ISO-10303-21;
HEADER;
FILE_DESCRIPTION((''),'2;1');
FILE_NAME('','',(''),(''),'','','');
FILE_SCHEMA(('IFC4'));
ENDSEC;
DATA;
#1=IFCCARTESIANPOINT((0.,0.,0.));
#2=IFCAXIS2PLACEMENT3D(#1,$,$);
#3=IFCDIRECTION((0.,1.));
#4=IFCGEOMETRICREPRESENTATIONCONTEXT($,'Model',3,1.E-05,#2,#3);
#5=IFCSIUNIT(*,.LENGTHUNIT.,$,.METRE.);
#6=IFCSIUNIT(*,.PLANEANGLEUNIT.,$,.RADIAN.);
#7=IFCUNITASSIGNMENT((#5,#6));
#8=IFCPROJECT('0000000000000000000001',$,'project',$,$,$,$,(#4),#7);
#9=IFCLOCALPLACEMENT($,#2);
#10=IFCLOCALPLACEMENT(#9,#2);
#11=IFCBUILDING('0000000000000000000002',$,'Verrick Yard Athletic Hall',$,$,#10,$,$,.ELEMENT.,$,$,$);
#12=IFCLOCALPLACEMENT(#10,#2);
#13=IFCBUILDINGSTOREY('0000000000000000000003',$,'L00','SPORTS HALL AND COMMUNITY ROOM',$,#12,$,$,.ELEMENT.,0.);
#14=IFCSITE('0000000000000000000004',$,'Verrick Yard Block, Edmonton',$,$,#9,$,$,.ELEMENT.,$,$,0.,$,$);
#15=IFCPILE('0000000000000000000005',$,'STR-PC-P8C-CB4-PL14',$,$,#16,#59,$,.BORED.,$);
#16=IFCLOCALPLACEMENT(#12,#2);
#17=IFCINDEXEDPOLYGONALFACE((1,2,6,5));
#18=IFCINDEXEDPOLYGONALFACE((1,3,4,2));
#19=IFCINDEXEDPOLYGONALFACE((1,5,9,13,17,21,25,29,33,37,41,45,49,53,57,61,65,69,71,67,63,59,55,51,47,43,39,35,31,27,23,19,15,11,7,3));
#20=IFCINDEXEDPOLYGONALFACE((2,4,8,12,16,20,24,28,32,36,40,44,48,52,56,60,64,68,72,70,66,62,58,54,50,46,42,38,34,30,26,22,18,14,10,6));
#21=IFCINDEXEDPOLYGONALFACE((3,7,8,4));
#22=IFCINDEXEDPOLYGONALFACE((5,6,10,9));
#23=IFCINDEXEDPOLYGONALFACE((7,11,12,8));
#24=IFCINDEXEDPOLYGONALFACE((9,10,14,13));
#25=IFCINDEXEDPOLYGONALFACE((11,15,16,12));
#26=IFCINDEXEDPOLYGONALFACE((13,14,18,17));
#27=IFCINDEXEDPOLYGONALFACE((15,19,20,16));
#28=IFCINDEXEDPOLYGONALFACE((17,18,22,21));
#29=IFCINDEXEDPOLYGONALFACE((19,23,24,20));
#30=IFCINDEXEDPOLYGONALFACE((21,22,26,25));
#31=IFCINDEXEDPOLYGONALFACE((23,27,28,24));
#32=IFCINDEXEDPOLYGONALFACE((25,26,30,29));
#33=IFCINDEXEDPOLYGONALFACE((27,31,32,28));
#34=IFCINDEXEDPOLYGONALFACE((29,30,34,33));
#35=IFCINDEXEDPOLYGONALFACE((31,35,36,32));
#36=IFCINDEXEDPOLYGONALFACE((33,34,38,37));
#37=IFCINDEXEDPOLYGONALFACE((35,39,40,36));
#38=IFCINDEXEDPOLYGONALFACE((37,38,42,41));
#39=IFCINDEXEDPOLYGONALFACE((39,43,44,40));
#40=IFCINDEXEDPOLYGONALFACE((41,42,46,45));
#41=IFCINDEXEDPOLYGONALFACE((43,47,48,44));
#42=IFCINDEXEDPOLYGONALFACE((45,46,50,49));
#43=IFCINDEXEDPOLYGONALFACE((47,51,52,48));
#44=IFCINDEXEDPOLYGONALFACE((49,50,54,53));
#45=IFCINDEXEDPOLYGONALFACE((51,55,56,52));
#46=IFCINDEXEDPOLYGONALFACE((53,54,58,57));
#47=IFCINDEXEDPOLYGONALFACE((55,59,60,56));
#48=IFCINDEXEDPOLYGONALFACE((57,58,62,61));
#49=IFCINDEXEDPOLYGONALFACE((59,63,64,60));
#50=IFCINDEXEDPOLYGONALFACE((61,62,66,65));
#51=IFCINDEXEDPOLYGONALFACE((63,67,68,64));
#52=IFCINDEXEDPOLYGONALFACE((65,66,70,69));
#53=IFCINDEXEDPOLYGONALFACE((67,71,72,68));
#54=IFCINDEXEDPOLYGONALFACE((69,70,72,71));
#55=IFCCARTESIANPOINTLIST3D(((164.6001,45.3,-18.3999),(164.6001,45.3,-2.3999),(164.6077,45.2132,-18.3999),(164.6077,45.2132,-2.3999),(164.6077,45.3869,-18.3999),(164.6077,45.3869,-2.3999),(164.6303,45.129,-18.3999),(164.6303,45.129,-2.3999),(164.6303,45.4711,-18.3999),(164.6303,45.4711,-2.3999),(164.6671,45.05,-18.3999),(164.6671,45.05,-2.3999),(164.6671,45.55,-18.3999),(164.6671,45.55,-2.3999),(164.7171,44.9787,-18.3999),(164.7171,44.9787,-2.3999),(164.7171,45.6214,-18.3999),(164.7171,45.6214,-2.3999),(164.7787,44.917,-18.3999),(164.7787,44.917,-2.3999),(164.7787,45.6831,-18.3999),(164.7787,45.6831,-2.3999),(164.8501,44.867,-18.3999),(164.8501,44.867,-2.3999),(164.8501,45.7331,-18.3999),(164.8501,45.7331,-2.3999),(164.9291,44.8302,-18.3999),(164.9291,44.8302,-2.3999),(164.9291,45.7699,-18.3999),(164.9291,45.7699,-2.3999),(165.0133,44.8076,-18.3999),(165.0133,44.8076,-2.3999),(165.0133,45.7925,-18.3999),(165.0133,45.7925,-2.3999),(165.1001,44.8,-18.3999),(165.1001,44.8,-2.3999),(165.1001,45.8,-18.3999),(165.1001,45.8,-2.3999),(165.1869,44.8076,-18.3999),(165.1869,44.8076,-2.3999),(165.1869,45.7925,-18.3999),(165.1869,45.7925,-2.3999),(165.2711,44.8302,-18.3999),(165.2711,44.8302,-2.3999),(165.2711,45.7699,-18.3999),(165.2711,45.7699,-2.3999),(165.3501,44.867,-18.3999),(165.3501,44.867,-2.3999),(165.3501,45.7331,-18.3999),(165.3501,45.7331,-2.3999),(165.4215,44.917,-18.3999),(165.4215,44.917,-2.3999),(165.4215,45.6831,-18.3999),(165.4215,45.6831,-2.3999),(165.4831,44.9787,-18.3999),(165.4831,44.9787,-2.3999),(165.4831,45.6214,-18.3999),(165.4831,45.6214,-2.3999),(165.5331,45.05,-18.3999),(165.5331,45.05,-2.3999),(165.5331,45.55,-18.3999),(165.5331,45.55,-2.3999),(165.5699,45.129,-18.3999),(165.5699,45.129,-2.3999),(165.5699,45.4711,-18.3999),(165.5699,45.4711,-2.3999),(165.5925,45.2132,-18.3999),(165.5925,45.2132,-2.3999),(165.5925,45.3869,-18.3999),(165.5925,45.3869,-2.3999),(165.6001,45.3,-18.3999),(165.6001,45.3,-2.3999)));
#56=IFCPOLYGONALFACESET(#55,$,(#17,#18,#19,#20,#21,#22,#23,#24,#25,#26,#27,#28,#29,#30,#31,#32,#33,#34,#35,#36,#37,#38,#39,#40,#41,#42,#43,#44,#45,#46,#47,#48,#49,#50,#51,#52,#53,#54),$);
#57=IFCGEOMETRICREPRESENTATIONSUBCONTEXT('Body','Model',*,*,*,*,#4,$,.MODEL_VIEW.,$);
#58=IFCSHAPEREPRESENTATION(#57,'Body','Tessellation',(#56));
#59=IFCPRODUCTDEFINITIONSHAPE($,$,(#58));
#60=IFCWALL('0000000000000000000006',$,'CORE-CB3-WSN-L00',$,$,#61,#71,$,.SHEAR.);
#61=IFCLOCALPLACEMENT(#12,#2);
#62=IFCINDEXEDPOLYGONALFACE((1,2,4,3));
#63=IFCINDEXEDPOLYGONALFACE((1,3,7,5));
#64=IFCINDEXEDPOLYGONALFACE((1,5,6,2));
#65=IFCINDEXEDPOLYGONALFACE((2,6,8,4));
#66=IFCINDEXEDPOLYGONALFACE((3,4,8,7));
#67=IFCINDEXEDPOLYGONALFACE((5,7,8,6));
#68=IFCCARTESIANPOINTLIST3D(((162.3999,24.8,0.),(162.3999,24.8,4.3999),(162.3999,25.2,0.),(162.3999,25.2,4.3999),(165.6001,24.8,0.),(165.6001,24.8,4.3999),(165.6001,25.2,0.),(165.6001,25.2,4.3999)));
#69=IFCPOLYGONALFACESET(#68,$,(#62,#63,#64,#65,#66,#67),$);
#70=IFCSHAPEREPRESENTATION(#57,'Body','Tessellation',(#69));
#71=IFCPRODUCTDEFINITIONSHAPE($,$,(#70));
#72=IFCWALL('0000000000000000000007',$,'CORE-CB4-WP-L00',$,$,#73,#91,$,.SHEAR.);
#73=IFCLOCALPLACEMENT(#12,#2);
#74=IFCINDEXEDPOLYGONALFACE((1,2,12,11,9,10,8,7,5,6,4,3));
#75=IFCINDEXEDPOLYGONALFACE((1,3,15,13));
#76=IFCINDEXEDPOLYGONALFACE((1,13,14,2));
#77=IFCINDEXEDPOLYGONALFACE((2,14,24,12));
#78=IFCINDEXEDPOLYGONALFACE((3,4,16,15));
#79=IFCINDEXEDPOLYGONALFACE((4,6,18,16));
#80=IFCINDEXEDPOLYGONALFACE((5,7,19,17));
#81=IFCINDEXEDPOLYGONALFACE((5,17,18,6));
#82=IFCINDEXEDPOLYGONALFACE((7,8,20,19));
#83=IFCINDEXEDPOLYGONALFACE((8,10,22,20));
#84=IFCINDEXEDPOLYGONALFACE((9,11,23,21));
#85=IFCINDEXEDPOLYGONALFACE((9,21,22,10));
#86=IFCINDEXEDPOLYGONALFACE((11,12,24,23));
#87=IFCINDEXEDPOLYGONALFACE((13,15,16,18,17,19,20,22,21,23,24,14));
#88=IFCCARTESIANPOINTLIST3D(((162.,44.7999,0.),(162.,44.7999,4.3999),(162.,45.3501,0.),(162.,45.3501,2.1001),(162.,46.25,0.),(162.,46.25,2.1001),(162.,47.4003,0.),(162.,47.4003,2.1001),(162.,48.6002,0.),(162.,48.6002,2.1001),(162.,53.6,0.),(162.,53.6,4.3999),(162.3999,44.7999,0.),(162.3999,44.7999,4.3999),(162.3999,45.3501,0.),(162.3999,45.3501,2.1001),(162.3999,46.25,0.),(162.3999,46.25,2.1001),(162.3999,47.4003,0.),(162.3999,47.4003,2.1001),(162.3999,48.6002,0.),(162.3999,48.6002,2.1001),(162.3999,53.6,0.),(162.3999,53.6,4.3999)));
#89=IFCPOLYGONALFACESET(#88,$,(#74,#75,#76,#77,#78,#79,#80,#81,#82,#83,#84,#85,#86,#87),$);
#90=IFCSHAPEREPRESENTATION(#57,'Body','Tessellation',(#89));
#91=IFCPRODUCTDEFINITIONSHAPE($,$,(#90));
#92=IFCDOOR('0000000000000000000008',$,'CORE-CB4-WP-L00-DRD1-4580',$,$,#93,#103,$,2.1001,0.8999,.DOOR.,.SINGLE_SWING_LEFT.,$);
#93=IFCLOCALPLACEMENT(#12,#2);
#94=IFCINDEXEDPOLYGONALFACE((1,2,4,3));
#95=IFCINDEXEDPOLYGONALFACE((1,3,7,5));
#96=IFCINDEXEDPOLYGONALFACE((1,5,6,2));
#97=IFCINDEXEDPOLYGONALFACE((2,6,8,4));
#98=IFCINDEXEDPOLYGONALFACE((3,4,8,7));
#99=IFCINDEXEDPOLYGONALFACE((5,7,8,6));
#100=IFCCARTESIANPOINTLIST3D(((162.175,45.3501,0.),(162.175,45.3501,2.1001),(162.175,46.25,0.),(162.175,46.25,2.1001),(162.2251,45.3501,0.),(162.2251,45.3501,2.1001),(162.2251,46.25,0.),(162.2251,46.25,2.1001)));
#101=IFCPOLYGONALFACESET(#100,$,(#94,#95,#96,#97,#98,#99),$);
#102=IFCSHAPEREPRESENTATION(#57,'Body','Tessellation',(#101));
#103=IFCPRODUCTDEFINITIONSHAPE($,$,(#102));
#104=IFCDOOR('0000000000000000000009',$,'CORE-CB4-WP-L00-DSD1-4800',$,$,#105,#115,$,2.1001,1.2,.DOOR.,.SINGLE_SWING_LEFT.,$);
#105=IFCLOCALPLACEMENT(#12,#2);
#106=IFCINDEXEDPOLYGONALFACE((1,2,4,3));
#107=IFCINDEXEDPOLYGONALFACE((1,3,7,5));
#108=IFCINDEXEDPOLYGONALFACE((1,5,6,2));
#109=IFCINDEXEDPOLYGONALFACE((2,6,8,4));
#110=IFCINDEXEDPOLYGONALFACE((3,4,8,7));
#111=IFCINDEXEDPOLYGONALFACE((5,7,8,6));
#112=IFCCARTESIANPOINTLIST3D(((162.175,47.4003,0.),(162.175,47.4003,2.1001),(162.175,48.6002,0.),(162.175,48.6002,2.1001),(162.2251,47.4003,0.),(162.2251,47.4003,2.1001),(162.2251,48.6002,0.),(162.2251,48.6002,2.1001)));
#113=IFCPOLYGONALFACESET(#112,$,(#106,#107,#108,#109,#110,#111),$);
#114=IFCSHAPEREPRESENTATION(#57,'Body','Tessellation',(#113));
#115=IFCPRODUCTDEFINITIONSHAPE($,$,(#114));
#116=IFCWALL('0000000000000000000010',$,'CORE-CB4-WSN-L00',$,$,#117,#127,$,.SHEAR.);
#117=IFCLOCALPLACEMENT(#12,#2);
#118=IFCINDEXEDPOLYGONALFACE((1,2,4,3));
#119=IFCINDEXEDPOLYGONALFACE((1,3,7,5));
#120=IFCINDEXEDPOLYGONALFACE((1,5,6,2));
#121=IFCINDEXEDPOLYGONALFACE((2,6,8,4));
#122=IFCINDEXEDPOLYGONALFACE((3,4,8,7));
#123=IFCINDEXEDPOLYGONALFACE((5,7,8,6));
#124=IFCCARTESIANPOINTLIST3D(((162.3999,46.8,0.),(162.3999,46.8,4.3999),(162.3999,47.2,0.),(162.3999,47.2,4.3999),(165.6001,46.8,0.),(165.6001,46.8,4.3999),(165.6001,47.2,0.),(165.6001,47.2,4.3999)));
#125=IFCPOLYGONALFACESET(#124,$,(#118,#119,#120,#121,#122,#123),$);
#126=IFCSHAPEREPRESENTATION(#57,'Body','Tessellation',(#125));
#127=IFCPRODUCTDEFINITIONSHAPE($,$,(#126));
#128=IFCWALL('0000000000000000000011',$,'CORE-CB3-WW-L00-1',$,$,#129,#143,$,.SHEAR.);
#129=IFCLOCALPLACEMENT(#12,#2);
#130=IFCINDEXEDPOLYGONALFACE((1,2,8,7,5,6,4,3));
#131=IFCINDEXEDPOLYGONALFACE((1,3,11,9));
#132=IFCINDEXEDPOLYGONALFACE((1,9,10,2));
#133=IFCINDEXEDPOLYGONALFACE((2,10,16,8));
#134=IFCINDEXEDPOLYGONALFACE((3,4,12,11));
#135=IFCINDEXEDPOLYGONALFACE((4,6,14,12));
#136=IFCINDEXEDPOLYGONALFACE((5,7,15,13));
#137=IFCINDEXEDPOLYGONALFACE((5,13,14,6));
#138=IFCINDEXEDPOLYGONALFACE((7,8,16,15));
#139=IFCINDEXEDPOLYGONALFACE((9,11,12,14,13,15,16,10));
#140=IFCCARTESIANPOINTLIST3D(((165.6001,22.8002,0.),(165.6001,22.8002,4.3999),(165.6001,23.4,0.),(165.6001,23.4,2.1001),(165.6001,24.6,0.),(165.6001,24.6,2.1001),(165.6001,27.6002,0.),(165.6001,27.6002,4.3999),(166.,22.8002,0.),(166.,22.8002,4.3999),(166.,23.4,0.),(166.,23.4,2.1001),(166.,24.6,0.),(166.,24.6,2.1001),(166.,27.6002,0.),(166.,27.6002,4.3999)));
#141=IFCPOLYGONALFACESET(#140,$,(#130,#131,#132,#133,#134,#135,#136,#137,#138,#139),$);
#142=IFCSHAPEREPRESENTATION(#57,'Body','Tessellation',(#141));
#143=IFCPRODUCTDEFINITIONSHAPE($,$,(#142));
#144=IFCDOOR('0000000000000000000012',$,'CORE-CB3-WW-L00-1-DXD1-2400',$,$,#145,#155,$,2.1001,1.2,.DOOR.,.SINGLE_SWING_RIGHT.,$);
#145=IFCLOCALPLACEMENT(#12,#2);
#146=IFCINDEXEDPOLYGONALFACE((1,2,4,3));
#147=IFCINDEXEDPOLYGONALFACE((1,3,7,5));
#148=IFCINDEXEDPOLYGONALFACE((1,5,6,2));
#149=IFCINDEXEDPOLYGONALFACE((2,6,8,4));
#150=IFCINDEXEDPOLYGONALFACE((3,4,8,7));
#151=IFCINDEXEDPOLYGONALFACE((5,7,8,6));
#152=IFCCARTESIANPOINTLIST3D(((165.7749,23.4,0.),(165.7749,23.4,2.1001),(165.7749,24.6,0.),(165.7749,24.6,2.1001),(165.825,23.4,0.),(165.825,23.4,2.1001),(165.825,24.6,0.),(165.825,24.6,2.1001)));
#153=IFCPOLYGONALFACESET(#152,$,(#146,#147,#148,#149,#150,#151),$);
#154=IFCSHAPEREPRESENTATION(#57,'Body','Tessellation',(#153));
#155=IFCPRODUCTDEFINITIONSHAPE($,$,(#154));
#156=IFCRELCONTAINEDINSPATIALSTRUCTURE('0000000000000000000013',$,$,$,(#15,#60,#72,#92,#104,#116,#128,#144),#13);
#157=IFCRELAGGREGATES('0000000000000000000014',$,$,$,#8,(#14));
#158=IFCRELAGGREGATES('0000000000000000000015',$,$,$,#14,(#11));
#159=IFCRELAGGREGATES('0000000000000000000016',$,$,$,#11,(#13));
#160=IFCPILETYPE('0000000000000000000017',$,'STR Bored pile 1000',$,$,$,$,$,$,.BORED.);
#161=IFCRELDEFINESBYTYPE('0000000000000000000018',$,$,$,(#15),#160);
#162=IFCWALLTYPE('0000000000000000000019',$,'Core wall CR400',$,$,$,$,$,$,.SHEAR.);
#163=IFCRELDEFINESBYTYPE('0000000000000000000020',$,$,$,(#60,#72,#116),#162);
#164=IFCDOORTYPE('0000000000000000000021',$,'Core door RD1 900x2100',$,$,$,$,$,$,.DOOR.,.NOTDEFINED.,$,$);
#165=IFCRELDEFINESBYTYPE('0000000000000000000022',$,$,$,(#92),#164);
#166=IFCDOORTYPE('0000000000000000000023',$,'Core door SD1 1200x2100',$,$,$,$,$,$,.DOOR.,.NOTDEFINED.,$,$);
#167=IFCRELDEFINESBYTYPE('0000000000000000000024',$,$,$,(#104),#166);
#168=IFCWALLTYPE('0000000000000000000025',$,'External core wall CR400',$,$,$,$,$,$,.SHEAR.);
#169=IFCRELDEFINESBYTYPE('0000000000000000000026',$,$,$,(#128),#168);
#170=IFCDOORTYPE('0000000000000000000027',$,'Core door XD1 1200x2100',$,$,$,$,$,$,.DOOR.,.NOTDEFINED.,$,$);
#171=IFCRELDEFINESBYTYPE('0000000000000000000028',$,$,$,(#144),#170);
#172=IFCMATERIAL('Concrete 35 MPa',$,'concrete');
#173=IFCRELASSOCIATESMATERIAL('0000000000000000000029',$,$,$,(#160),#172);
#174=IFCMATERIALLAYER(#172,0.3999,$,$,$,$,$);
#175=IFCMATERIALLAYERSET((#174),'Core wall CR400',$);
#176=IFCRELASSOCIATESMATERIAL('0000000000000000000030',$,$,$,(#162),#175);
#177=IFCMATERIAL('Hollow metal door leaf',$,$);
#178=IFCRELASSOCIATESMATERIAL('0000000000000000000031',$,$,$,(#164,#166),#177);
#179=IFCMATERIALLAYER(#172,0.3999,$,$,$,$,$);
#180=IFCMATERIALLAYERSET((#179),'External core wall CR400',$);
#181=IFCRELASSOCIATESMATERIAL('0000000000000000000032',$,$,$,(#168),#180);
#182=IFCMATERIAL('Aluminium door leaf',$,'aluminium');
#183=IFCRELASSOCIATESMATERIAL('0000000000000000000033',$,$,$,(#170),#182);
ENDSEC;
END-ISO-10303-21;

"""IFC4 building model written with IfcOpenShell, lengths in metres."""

from ifc_helpers import new_model, si_unit, direction, frame, frame_2d, origin, origin_2d, place, context, subcontext, project, spatial, rectangle, circle, extrude, material, layer, layer_set, type_object, element, fill, save


model = new_model("IFC4")

# Units and contexts
model_context = context("Model", 3, precision=1e-05, world=origin(), true_north=direction((0.0, 1.0)))
body_context = subcontext(model_context, "Body", "Model", "MODEL_VIEW")
ifc_project = project(units=[si_unit("LENGTHUNIT", "METRE"), si_unit("PLANEANGLEUNIT", "RADIAN")], contexts=[model_context])

# Site, building, storey
site_placement = place(None, origin())
site = spatial("IfcSite", under=ifc_project, at=site_placement, Name="Verrick Yard Block, Edmonton", CompositionType="ELEMENT", RefElevation=0.0)
building_placement = place(site_placement, origin())
building = spatial("IfcBuilding", under=site, at=building_placement, Name="Verrick Yard Athletic Hall", CompositionType="ELEMENT")
storey_placement = place(building_placement, origin())
storey = spatial("IfcBuildingStorey", under=building, at=storey_placement, Name="L00", Description="SPORTS HALL AND COMMUNITY ROOM", CompositionType="ELEMENT", Elevation=0.0)

# Pile
ifc_material_1 = material(Name="Concrete 35 MPa", Category="concrete")
pile_type = type_object("IfcPileType", Name="STR Bored pile 1000", PredefinedType="BORED", material=ifc_material_1)
for number, where, z_axis, x_axis, name in (
    (1, (165.1001, 45.3, -2.3999), (0.0, 0.0, -1.0), (1.0, 0.0, 0.0), "STR-PC-P8C-CB4-PL14"),
):
    element("IfcPile", number, at=place(storey_placement, frame(where, z_axis=z_axis, x_axis=x_axis)), inside=storey, type_object=pile_type, Name=name, PredefinedType="BORED", context=body_context, shape_type="SweptSolid", body=[
        extrude(circle(Radius=0.5, at=origin_2d()), origin(), (0.0, 0.0, 1.0), 16.0),
    ])

# Wall
ifc_layer_1 = layer(ifc_material_1, 0.3999)
ifc_layer_set_1 = layer_set([ifc_layer_1], Name="Core wall CR400")
wall_type_1 = type_object("IfcWallType", Name="Core wall CR400", PredefinedType="SHEAR", material=ifc_layer_set_1)
wall_1_placement = place(storey_placement, frame((162.3999, 25.0, 0.0), z_axis=(0.0, 0.0, 1.0), x_axis=(1.0, 0.0, 0.0)))
element("IfcWall", 2, at=wall_1_placement, inside=storey, type_object=wall_type_1, Name="CORE-CB3-WSN-L00", PredefinedType="SHEAR", context=body_context, shape_type="SweptSolid", body=[
    extrude(rectangle(XDim=3.2002, YDim=0.3999, at=frame_2d((1.6001, 0.0))), origin(), (0.0, 0.0, 1.0), 4.3999),
])

# Wall, openings, doors
wall_2_placement = place(storey_placement, frame((162.2, 44.8, 0.0), z_axis=(0.0, 0.0, 1.0), x_axis=(0.0, 1.0, 0.0)))
wall_2 = element("IfcWall", 3, at=wall_2_placement, inside=storey, type_object=wall_type_1, Name="CORE-CB4-WP-L00", PredefinedType="SHEAR", context=body_context, shape_type="SweptSolid", body=[
    extrude(rectangle(XDim=8.8, YDim=0.3999, at=frame_2d((4.3999, 0.0))), origin(), (0.0, 0.0, 1.0), 4.3999),
])
opening_1_placement = place(wall_2_placement, frame((2.6001, 0.0, 0.0)))
opening_1 = element("IfcOpeningElement", 4, at=opening_1_placement, cuts=wall_2, PredefinedType="OPENING", context=body_context, shape_type="SweptSolid", body=[
    extrude(rectangle(XDim=1.2, YDim=2.1001, at=frame_2d((0.6001, 1.05))), frame((0.0, 0.21, 0.0), z_axis=(0.0, -1.0, 0.0), x_axis=(1.0, 0.0, 0.0)), (0.0, 0.0, 1.0), 0.4199),
])
opening_2_placement = place(wall_2_placement, frame((0.55, 0.0, 0.0)))
opening_2 = element("IfcOpeningElement", 5, at=opening_2_placement, cuts=wall_2, PredefinedType="OPENING", context=body_context, shape_type="SweptSolid", body=[
    extrude(rectangle(XDim=0.8999, YDim=2.1001, at=frame_2d((0.45, 1.05))), frame((0.0, 0.21, 0.0), z_axis=(0.0, -1.0, 0.0), x_axis=(1.0, 0.0, 0.0)), (0.0, 0.0, 1.0), 0.4199),
])
ifc_material_2 = material(Name="Hollow metal door leaf")
door_type_1 = type_object("IfcDoorType", Name="Core door RD1 900x2100", OperationType="NOTDEFINED", PredefinedType="DOOR", material=ifc_material_2)
door_1_placement = place(opening_2_placement, origin())
door_1 = element("IfcDoor", 6, at=door_1_placement, inside=storey, type_object=door_type_1, Name="CORE-CB4-WP-L00-DRD1-4580", OperationType="SINGLE_SWING_LEFT", OverallHeight=2.1001, OverallWidth=0.8999, PredefinedType="DOOR", context=body_context, shape_type="SweptSolid", body=[
    extrude(rectangle(XDim=0.8999, YDim=2.1001, at=frame_2d((0.45, 1.05))), frame((0.0, 0.0249, 0.0), z_axis=(0.0, -1.0, 0.0), x_axis=(1.0, 0.0, 0.0)), (0.0, 0.0, 1.0), 0.05),
])
fill(opening_2, door_1)
door_type_2 = type_object("IfcDoorType", Name="Core door SD1 1200x2100", OperationType="NOTDEFINED", PredefinedType="DOOR", material=ifc_material_2)
door_2_placement = place(opening_1_placement, origin())
door_2 = element("IfcDoor", 7, at=door_2_placement, inside=storey, type_object=door_type_2, Name="CORE-CB4-WP-L00-DSD1-4800", OperationType="SINGLE_SWING_LEFT", OverallHeight=2.1001, OverallWidth=1.2, PredefinedType="DOOR", context=body_context, shape_type="SweptSolid", body=[
    extrude(rectangle(XDim=1.2, YDim=2.1001, at=frame_2d((0.6001, 1.05))), frame((0.0, 0.0249, 0.0), z_axis=(0.0, -1.0, 0.0), x_axis=(1.0, 0.0, 0.0)), (0.0, 0.0, 1.0), 0.05),
])
fill(opening_1, door_2)

# Wall
wall_3_placement = place(storey_placement, frame((162.3999, 47.0, 0.0), z_axis=(0.0, 0.0, 1.0), x_axis=(1.0, 0.0, 0.0)))
element("IfcWall", 8, at=wall_3_placement, inside=storey, type_object=wall_type_1, Name="CORE-CB4-WSN-L00", PredefinedType="SHEAR", context=body_context, shape_type="SweptSolid", body=[
    extrude(rectangle(XDim=3.2002, YDim=0.3999, at=frame_2d((1.6001, 0.0))), origin(), (0.0, 0.0, 1.0), 4.3999),
])

# Wall, opening, door
ifc_layer_2 = layer(ifc_material_1, 0.3999)
ifc_layer_set_2 = layer_set([ifc_layer_2], Name="External core wall CR400")
wall_type_2 = type_object("IfcWallType", Name="External core wall CR400", PredefinedType="SHEAR", material=ifc_layer_set_2)
wall_4_placement = place(storey_placement, frame((165.8, 27.6001, 0.0), z_axis=(0.0, 0.0, 1.0), x_axis=(0.0, -1.0, 0.0)))
wall_4 = element("IfcWall", 9, at=wall_4_placement, inside=storey, type_object=wall_type_2, Name="CORE-CB3-WW-L00-1", PredefinedType="SHEAR", context=body_context, shape_type="SweptSolid", body=[
    extrude(rectangle(XDim=4.8, YDim=0.3999, at=frame_2d((2.3999, 0.0))), origin(), (0.0, 0.0, 1.0), 4.3999),
])
opening_3_placement = place(wall_4_placement, frame((3.0, 0.0, 0.0)))
opening_3 = element("IfcOpeningElement", 10, at=opening_3_placement, cuts=wall_4, PredefinedType="OPENING", context=body_context, shape_type="SweptSolid", body=[
    extrude(rectangle(XDim=1.2, YDim=2.1001, at=frame_2d((0.6001, 1.05))), frame((0.0, 0.21, 0.0), z_axis=(0.0, -1.0, 0.0), x_axis=(1.0, 0.0, 0.0)), (0.0, 0.0, 1.0), 0.4199),
])
ifc_material_3 = material(Name="Aluminium door leaf", Category="aluminium")
door_type_3 = type_object("IfcDoorType", Name="Core door XD1 1200x2100", OperationType="NOTDEFINED", PredefinedType="DOOR", material=ifc_material_3)
door_3_placement = place(opening_3_placement, origin())
door_3 = element("IfcDoor", 11, at=door_3_placement, inside=storey, type_object=door_type_3, Name="CORE-CB3-WW-L00-1-DXD1-2400", OperationType="SINGLE_SWING_RIGHT", OverallHeight=2.1001, OverallWidth=1.2, PredefinedType="DOOR", context=body_context, shape_type="SweptSolid", body=[
    extrude(rectangle(XDim=1.2, YDim=2.1001, at=frame_2d((0.6001, 1.05))), frame((0.0, 0.0249, 0.0), z_axis=(0.0, -1.0, 0.0), x_axis=(1.0, 0.0, 0.0)), (0.0, 0.0, 1.0), 0.05),
])
fill(opening_3, door_3)

save(model, "model.ifc")
